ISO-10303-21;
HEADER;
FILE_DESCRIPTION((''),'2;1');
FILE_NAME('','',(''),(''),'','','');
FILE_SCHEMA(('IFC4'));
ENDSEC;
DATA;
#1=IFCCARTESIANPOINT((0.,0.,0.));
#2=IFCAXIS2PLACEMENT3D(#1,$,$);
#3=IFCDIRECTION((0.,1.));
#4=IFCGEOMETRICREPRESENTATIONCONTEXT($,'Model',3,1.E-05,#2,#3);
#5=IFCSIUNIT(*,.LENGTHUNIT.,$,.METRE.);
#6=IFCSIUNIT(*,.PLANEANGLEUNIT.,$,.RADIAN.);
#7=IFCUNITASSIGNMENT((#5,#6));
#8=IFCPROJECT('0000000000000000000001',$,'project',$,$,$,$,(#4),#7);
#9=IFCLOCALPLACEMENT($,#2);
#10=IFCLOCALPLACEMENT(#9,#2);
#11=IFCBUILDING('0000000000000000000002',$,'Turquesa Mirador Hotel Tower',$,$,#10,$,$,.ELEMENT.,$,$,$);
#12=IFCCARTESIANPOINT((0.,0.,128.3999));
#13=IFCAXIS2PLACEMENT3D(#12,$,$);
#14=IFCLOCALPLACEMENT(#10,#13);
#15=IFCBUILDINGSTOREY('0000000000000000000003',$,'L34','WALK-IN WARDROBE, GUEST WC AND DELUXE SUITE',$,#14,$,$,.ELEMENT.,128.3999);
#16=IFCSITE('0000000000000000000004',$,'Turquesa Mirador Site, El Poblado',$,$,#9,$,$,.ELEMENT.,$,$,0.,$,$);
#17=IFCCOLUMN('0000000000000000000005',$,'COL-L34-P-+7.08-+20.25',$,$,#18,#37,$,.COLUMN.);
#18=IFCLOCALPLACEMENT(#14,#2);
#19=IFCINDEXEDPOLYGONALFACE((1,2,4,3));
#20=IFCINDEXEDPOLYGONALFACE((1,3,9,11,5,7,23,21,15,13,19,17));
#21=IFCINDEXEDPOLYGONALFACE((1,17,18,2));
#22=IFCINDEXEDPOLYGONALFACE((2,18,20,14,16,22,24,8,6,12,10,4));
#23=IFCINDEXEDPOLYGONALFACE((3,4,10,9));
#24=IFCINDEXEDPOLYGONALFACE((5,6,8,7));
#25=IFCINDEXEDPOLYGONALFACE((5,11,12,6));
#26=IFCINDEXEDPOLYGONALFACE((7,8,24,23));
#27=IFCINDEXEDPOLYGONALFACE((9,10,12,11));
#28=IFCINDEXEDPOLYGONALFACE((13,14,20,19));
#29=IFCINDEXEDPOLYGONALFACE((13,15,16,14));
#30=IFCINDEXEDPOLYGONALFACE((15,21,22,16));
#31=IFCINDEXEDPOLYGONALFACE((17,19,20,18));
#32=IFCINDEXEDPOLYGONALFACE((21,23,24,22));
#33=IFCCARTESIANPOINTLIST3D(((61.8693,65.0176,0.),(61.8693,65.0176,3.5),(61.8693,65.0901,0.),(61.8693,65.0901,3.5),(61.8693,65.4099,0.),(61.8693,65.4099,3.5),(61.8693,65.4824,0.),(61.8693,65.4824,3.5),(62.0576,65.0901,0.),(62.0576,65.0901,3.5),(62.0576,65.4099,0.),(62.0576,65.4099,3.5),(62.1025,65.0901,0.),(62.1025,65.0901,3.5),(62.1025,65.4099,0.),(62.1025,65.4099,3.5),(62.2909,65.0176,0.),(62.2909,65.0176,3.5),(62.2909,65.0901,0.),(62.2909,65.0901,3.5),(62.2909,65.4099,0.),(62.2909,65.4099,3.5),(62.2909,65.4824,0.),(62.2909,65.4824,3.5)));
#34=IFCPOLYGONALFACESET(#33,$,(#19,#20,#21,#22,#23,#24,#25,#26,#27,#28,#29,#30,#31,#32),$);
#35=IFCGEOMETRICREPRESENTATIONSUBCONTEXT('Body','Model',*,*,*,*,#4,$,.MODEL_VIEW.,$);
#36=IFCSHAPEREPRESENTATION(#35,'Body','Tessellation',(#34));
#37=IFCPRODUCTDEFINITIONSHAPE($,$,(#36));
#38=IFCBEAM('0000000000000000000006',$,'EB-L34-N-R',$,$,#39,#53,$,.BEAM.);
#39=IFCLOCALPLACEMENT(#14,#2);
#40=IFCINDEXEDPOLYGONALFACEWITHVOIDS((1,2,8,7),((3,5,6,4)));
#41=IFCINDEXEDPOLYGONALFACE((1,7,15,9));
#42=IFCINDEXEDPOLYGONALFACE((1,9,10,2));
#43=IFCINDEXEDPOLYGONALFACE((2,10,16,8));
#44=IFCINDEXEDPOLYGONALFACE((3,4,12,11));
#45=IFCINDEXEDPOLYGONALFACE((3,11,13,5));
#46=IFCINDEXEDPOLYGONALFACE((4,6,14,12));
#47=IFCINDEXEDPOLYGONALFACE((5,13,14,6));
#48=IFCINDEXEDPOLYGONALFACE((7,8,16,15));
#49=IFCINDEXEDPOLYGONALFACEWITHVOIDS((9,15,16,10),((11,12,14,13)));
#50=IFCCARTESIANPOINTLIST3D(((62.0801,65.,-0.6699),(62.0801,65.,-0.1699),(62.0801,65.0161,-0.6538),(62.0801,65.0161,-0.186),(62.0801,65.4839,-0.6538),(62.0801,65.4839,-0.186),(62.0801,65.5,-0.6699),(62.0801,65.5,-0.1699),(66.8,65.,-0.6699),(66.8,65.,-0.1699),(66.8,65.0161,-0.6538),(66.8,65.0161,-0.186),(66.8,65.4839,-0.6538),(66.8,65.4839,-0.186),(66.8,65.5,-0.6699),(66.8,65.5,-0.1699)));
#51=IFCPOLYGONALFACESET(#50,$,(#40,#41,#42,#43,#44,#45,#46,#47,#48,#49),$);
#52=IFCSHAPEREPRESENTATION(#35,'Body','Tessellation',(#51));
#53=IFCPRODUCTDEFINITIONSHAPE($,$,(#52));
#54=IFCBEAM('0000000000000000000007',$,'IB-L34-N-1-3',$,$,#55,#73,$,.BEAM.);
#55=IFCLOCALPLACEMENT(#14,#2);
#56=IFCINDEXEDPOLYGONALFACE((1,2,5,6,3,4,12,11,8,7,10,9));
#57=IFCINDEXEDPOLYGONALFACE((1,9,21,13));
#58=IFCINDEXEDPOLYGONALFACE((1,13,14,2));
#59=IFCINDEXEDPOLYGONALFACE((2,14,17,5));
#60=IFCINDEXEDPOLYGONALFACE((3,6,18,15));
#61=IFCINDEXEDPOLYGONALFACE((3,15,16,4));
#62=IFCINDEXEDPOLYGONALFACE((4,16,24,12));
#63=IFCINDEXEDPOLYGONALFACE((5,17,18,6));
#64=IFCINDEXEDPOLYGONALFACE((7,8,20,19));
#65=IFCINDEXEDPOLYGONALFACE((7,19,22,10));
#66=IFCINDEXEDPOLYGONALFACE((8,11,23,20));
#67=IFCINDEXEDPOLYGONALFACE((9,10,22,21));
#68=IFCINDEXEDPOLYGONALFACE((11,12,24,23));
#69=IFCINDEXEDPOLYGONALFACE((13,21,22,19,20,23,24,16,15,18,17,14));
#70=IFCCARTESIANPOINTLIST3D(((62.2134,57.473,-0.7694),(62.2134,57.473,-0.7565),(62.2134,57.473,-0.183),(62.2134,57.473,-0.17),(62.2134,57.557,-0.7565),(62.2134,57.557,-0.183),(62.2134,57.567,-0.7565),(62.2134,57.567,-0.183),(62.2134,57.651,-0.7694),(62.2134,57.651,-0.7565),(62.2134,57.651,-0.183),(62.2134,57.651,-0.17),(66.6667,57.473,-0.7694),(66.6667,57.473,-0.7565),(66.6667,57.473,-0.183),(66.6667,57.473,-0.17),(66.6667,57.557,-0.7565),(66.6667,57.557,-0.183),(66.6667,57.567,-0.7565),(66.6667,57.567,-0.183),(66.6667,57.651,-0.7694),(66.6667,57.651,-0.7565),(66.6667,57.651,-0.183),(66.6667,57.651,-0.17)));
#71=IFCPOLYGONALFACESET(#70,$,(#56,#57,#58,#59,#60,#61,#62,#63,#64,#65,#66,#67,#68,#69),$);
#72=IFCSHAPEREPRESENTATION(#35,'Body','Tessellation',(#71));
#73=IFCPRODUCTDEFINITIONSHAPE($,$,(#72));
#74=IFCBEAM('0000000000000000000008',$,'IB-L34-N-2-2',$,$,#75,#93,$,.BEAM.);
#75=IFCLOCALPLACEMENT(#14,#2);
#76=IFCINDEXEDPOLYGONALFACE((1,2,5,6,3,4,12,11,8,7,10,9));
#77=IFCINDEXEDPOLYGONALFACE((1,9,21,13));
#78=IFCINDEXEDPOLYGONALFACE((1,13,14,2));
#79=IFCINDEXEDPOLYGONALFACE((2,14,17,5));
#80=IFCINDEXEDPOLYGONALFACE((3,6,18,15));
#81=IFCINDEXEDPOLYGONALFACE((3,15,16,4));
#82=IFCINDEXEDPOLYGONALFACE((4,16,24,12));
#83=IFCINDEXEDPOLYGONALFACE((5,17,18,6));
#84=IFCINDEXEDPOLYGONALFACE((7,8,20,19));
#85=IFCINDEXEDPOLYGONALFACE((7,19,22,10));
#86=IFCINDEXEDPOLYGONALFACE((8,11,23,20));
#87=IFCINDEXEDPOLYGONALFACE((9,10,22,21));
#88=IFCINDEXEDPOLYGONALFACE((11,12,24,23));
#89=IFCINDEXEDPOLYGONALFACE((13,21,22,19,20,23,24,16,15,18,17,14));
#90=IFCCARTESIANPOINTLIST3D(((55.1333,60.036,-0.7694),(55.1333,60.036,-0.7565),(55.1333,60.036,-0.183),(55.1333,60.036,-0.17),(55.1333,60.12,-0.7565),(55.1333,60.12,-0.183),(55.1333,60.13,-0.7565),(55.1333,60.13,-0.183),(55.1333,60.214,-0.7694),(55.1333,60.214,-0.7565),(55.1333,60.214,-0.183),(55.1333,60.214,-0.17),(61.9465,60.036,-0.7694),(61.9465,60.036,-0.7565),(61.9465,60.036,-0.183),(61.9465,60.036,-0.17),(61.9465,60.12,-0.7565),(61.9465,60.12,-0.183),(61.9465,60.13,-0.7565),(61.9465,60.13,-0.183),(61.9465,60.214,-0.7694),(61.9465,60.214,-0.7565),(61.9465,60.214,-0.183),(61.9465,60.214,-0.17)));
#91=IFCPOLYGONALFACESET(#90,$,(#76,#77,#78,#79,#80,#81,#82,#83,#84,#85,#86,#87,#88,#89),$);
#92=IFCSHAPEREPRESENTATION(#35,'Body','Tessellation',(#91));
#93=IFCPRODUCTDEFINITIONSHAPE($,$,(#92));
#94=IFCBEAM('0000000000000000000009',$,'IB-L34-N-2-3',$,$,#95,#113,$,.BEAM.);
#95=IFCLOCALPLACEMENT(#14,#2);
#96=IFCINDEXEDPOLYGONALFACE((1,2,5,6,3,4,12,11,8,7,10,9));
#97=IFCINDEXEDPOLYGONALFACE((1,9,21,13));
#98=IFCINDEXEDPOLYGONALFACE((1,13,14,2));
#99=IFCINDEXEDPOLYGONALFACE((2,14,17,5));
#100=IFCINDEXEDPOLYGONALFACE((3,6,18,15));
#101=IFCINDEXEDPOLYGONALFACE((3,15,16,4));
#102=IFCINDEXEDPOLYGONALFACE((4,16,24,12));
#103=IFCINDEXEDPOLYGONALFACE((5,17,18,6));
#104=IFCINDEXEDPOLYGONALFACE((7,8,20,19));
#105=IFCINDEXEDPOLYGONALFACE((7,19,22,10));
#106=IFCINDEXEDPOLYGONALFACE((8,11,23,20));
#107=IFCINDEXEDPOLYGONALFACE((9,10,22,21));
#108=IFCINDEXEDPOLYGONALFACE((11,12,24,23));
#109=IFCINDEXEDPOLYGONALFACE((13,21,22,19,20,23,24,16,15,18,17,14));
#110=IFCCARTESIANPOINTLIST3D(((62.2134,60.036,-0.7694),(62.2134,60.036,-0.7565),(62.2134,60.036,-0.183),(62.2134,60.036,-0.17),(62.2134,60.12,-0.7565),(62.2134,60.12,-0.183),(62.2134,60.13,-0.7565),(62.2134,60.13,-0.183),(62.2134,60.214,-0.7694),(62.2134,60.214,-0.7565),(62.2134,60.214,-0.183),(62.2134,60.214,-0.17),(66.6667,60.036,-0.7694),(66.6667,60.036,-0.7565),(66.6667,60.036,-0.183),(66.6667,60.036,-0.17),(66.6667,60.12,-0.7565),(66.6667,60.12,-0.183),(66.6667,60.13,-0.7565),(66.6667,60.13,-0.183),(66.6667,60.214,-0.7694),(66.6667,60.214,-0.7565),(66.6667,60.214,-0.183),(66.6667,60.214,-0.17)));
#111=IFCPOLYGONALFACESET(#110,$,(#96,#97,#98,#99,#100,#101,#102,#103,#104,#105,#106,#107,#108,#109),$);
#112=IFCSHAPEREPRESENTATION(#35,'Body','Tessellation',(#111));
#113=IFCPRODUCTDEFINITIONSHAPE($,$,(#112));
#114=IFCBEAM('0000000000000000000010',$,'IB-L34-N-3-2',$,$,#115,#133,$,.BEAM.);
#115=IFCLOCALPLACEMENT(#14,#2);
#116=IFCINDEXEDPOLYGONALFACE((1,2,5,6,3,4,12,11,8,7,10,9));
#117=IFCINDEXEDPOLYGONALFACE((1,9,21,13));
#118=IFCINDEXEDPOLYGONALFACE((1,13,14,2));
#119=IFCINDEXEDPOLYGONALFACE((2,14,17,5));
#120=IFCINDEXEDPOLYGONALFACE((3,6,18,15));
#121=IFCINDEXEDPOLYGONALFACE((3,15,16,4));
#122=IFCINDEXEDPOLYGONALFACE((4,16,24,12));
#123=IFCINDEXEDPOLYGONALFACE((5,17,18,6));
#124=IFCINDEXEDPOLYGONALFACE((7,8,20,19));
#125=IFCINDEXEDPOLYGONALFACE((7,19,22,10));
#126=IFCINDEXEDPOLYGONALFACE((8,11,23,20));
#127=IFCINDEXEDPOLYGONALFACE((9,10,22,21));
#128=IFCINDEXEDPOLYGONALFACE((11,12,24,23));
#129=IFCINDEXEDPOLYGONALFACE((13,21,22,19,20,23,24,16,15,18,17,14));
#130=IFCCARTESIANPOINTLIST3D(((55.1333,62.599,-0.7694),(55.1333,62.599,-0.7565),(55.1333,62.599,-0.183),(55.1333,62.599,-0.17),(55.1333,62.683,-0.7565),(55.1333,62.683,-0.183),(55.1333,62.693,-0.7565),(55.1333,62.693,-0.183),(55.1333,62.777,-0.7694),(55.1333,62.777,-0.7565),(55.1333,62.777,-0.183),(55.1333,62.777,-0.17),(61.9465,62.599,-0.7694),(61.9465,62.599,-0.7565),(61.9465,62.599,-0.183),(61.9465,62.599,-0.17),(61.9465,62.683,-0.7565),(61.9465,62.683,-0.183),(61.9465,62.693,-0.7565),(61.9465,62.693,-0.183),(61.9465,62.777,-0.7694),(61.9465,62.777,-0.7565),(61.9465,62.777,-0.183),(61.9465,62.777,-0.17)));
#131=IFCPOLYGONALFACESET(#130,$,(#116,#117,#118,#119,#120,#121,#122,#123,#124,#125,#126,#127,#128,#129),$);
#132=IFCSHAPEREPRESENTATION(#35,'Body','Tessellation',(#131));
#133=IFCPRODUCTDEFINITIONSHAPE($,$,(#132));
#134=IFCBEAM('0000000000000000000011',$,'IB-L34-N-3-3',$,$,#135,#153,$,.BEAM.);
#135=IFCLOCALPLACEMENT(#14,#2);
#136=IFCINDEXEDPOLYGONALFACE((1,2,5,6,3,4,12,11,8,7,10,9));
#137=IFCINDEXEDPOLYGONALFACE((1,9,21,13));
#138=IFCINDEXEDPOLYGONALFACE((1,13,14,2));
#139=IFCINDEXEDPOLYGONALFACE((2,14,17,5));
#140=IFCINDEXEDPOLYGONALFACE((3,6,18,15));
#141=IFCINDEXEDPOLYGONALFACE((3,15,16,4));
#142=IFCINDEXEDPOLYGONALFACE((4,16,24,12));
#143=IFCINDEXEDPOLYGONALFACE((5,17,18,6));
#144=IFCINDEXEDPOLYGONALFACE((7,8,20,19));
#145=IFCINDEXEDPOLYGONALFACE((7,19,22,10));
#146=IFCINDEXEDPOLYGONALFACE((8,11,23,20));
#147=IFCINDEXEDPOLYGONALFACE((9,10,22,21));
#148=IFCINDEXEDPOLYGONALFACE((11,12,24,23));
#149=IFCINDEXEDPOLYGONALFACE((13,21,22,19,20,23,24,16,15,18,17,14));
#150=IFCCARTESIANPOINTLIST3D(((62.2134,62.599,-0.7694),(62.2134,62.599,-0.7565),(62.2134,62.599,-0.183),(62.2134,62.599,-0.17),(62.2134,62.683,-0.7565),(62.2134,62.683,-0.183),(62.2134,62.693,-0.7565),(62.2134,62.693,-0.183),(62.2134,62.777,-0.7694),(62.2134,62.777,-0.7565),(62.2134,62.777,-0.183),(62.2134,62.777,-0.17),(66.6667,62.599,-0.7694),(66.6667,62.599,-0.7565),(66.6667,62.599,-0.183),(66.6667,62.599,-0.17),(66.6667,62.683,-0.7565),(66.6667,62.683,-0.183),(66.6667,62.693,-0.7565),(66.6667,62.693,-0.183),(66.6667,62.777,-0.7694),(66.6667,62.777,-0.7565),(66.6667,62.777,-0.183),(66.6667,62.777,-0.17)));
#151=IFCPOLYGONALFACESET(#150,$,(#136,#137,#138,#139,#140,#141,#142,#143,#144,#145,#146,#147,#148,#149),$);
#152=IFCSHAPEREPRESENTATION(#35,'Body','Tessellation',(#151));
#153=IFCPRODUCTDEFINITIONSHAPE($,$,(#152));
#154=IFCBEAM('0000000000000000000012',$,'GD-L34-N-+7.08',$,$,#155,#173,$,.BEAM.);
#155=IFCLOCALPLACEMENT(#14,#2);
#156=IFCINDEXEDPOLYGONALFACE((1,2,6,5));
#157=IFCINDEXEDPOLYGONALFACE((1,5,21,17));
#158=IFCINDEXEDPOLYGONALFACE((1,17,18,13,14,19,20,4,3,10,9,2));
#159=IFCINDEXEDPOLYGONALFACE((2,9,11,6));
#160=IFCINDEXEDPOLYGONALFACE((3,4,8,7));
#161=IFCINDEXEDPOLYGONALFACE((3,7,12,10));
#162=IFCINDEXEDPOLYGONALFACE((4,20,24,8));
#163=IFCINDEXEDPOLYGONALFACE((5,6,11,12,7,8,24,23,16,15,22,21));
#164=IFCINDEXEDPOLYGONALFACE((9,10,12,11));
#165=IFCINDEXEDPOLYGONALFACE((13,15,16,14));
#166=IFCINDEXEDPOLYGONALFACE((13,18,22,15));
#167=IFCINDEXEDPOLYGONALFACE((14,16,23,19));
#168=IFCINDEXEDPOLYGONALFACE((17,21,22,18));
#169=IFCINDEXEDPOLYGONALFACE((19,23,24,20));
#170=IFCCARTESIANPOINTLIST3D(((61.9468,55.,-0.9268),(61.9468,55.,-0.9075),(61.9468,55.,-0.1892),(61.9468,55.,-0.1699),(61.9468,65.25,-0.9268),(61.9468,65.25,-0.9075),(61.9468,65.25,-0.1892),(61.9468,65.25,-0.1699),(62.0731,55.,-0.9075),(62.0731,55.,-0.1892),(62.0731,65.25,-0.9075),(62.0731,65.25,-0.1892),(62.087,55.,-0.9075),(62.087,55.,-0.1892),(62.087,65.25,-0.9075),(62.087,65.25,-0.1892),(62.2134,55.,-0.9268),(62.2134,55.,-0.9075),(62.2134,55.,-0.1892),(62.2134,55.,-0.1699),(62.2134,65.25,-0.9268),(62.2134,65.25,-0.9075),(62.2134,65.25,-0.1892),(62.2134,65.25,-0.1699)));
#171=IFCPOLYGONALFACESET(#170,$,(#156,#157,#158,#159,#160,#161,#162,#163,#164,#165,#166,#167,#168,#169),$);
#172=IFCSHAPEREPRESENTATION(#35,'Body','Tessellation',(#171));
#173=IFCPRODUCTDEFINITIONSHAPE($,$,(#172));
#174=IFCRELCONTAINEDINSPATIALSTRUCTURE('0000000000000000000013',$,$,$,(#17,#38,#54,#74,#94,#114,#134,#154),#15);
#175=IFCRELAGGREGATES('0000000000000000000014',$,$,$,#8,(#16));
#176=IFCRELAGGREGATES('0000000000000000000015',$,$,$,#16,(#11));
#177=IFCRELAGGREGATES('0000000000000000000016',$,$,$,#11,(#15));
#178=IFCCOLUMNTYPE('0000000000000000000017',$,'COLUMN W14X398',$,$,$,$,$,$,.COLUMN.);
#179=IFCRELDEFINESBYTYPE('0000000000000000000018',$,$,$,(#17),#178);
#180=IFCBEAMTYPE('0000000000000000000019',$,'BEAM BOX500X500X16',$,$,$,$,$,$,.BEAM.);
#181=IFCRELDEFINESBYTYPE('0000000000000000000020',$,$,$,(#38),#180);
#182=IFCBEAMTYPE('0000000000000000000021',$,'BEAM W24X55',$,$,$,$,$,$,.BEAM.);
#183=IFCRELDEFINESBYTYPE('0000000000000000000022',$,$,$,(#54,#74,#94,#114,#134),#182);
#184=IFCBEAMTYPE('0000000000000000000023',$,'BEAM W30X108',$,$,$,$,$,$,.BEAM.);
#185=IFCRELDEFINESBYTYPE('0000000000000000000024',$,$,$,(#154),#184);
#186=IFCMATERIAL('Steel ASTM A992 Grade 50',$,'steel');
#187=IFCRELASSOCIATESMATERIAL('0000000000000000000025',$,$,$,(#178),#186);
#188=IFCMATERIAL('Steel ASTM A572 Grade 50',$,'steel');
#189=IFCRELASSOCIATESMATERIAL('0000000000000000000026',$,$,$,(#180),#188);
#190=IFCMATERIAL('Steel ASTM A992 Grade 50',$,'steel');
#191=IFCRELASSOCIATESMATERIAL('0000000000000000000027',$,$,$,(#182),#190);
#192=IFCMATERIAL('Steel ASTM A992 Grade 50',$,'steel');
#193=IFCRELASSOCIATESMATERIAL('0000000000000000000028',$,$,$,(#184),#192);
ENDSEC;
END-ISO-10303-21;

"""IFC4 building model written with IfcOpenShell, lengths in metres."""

from ifc_helpers import new_model, si_unit, direction, frame, origin, origin_2d, place, context, subcontext, project, spatial, hollow_rectangle, i_section, extrude, material, material_profile, profile_set, type_object, element, save


model = new_model("IFC4")

# Units and contexts
model_context = context("Model", 3, precision=1e-05, world=origin(), true_north=direction((0.0, 1.0)))
body_context = subcontext(model_context, "Body", "Model", "MODEL_VIEW")
ifc_project = project(units=[si_unit("LENGTHUNIT", "METRE"), si_unit("PLANEANGLEUNIT", "RADIAN")], contexts=[model_context])

# Site, building, storey
site_placement = place(None, origin())
site = spatial("IfcSite", under=ifc_project, at=site_placement, Name="Turquesa Mirador Site, El Poblado", CompositionType="ELEMENT", RefElevation=0.0)
building_placement = place(site_placement, origin())
building = spatial("IfcBuilding", under=site, at=building_placement, Name="Turquesa Mirador Hotel Tower", CompositionType="ELEMENT")
storey_placement = place(building_placement, frame((0.0, 0.0, 128.3999)))
storey = spatial("IfcBuildingStorey", under=building, at=storey_placement, Name="L34", Description="WALK-IN WARDROBE, GUEST WC AND DELUXE SUITE", CompositionType="ELEMENT", Elevation=128.3999)

# Column
ifc_material_1 = material(Name="Steel ASTM A992 Grade 50", Category="steel")
ifc_material_profile_1 = material_profile(ifc_material_1, i_section(OverallWidth=0.4216, OverallDepth=0.4648, WebThickness=0.0449, FlangeThickness=0.0725, at=origin_2d()), Name="W14X398")
ifc_profile_set_1 = profile_set([ifc_material_profile_1], Name="Steel ASTM A992 Grade 50")
column_type = type_object("IfcColumnType", Name="COLUMN W14X398", PredefinedType="COLUMN", material=ifc_profile_set_1)
column_placement = place(storey_placement, frame((62.0801, 65.25, 0.0), z_axis=(0.0, 0.0, 1.0), x_axis=(1.0, 0.0, 0.0)))
element("IfcColumn", 1, at=column_placement, inside=storey, type_object=column_type, Name="COL-L34-P-+7.08-+20.25", PredefinedType="COLUMN", context=body_context, shape_type="SweptSolid", body=[
    extrude(i_section(OverallWidth=0.4216, OverallDepth=0.4648, WebThickness=0.0449, FlangeThickness=0.0725, at=origin_2d()), origin(), (0.0, 0.0, 1.0), 3.5),
])

# Beams
ifc_material_2 = material(Name="Steel ASTM A572 Grade 50", Category="steel")
ifc_material_profile_2 = material_profile(ifc_material_2, hollow_rectangle(XDim=0.5, YDim=0.5, WallThickness=0.0161, at=origin_2d()), Name="BOX500X500X16")
ifc_profile_set_2 = profile_set([ifc_material_profile_2], Name="Steel ASTM A572 Grade 50")
beam_type_1 = type_object("IfcBeamType", Name="BEAM BOX500X500X16", PredefinedType="BEAM", material=ifc_profile_set_2)
beam_1_placement = place(storey_placement, frame((62.0801, 65.25, -0.4199), z_axis=(1.0, 0.0, 0.0), x_axis=(0.0, 1.0, 0.0)))
element("IfcBeam", 2, at=beam_1_placement, inside=storey, type_object=beam_type_1, Name="EB-L34-N-R", PredefinedType="BEAM", context=body_context, shape_type="SweptSolid", body=[
    extrude(hollow_rectangle(XDim=0.5, YDim=0.5, WallThickness=0.0161, at=origin_2d()), origin(), (0.0, 0.0, 1.0), 4.72),
])
ifc_material_3 = material(Name="Steel ASTM A992 Grade 50", Category="steel")
ifc_material_profile_3 = material_profile(ifc_material_3, i_section(OverallWidth=0.178, OverallDepth=0.5994, WebThickness=0.01, FlangeThickness=0.0129, at=origin_2d()), Name="W24X55")
ifc_profile_set_3 = profile_set([ifc_material_profile_3], Name="Steel ASTM A992 Grade 50")
beam_type_2 = type_object("IfcBeamType", Name="BEAM W24X55", PredefinedType="BEAM", material=ifc_profile_set_3)
beam_2_placement = place(storey_placement, frame((62.2134, 57.562, -0.4697), z_axis=(1.0, 0.0, 0.0), x_axis=(0.0, 1.0, 0.0)))
element("IfcBeam", 3, at=beam_2_placement, inside=storey, type_object=beam_type_2, Name="IB-L34-N-1-3", PredefinedType="BEAM", context=body_context, shape_type="SweptSolid", body=[
    extrude(i_section(OverallWidth=0.178, OverallDepth=0.5994, WebThickness=0.01, FlangeThickness=0.0129, at=origin_2d()), origin(), (0.0, 0.0, 1.0), 4.4534),
])
beam_3_placement = place(storey_placement, frame((55.1333, 60.125, -0.4697), z_axis=(1.0, 0.0, 0.0), x_axis=(0.0, 1.0, 0.0)))
element("IfcBeam", 4, at=beam_3_placement, inside=storey, type_object=beam_type_2, Name="IB-L34-N-2-2", PredefinedType="BEAM", context=body_context, shape_type="SweptSolid", body=[
    extrude(i_section(OverallWidth=0.178, OverallDepth=0.5994, WebThickness=0.01, FlangeThickness=0.0129, at=origin_2d()), origin(), (0.0, 0.0, 1.0), 6.8132),
])
beam_4_placement = place(storey_placement, frame((62.2134, 60.125, -0.4697), z_axis=(1.0, 0.0, 0.0), x_axis=(0.0, 1.0, 0.0)))
element("IfcBeam", 5, at=beam_4_placement, inside=storey, type_object=beam_type_2, Name="IB-L34-N-2-3", PredefinedType="BEAM", context=body_context, shape_type="SweptSolid", body=[
    extrude(i_section(OverallWidth=0.178, OverallDepth=0.5994, WebThickness=0.01, FlangeThickness=0.0129, at=origin_2d()), origin(), (0.0, 0.0, 1.0), 4.4534),
])
beam_5_placement = place(storey_placement, frame((55.1333, 62.688, -0.4697), z_axis=(1.0, 0.0, 0.0), x_axis=(0.0, 1.0, 0.0)))
element("IfcBeam", 6, at=beam_5_placement, inside=storey, type_object=beam_type_2, Name="IB-L34-N-3-2", PredefinedType="BEAM", context=body_context, shape_type="SweptSolid", body=[
    extrude(i_section(OverallWidth=0.178, OverallDepth=0.5994, WebThickness=0.01, FlangeThickness=0.0129, at=origin_2d()), origin(), (0.0, 0.0, 1.0), 6.8132),
])
beam_6_placement = place(storey_placement, frame((62.2134, 62.688, -0.4697), z_axis=(1.0, 0.0, 0.0), x_axis=(0.0, 1.0, 0.0)))
element("IfcBeam", 7, at=beam_6_placement, inside=storey, type_object=beam_type_2, Name="IB-L34-N-3-3", PredefinedType="BEAM", context=body_context, shape_type="SweptSolid", body=[
    extrude(i_section(OverallWidth=0.178, OverallDepth=0.5994, WebThickness=0.01, FlangeThickness=0.0129, at=origin_2d()), origin(), (0.0, 0.0, 1.0), 4.4534),
])
ifc_material_4 = material(Name="Steel ASTM A992 Grade 50", Category="steel")
ifc_material_profile_4 = material_profile(ifc_material_4, i_section(OverallWidth=0.2666, OverallDepth=0.7568, WebThickness=0.0139, FlangeThickness=0.0193, at=origin_2d()), Name="W30X108")
ifc_profile_set_4 = profile_set([ifc_material_profile_4], Name="Steel ASTM A992 Grade 50")
beam_type_3 = type_object("IfcBeamType", Name="BEAM W30X108", PredefinedType="BEAM", material=ifc_profile_set_4)
for number, where, z_axis, x_axis, name in (
    (8, (62.0801, 65.25, -0.5483), (0.0, -1.0, 0.0), (1.0, 0.0, 0.0), "GD-L34-N-+7.08"),
):
    element("IfcBeam", number, at=place(storey_placement, frame(where, z_axis=z_axis, x_axis=x_axis)), inside=storey, type_object=beam_type_3, Name=name, PredefinedType="BEAM", context=body_context, shape_type="SweptSolid", body=[
        extrude(i_section(OverallWidth=0.2666, OverallDepth=0.7568, WebThickness=0.0139, FlangeThickness=0.0193, at=origin_2d()), origin(), (0.0, 0.0, 1.0), 10.25),
    ])

save(model, "model.ifc")
